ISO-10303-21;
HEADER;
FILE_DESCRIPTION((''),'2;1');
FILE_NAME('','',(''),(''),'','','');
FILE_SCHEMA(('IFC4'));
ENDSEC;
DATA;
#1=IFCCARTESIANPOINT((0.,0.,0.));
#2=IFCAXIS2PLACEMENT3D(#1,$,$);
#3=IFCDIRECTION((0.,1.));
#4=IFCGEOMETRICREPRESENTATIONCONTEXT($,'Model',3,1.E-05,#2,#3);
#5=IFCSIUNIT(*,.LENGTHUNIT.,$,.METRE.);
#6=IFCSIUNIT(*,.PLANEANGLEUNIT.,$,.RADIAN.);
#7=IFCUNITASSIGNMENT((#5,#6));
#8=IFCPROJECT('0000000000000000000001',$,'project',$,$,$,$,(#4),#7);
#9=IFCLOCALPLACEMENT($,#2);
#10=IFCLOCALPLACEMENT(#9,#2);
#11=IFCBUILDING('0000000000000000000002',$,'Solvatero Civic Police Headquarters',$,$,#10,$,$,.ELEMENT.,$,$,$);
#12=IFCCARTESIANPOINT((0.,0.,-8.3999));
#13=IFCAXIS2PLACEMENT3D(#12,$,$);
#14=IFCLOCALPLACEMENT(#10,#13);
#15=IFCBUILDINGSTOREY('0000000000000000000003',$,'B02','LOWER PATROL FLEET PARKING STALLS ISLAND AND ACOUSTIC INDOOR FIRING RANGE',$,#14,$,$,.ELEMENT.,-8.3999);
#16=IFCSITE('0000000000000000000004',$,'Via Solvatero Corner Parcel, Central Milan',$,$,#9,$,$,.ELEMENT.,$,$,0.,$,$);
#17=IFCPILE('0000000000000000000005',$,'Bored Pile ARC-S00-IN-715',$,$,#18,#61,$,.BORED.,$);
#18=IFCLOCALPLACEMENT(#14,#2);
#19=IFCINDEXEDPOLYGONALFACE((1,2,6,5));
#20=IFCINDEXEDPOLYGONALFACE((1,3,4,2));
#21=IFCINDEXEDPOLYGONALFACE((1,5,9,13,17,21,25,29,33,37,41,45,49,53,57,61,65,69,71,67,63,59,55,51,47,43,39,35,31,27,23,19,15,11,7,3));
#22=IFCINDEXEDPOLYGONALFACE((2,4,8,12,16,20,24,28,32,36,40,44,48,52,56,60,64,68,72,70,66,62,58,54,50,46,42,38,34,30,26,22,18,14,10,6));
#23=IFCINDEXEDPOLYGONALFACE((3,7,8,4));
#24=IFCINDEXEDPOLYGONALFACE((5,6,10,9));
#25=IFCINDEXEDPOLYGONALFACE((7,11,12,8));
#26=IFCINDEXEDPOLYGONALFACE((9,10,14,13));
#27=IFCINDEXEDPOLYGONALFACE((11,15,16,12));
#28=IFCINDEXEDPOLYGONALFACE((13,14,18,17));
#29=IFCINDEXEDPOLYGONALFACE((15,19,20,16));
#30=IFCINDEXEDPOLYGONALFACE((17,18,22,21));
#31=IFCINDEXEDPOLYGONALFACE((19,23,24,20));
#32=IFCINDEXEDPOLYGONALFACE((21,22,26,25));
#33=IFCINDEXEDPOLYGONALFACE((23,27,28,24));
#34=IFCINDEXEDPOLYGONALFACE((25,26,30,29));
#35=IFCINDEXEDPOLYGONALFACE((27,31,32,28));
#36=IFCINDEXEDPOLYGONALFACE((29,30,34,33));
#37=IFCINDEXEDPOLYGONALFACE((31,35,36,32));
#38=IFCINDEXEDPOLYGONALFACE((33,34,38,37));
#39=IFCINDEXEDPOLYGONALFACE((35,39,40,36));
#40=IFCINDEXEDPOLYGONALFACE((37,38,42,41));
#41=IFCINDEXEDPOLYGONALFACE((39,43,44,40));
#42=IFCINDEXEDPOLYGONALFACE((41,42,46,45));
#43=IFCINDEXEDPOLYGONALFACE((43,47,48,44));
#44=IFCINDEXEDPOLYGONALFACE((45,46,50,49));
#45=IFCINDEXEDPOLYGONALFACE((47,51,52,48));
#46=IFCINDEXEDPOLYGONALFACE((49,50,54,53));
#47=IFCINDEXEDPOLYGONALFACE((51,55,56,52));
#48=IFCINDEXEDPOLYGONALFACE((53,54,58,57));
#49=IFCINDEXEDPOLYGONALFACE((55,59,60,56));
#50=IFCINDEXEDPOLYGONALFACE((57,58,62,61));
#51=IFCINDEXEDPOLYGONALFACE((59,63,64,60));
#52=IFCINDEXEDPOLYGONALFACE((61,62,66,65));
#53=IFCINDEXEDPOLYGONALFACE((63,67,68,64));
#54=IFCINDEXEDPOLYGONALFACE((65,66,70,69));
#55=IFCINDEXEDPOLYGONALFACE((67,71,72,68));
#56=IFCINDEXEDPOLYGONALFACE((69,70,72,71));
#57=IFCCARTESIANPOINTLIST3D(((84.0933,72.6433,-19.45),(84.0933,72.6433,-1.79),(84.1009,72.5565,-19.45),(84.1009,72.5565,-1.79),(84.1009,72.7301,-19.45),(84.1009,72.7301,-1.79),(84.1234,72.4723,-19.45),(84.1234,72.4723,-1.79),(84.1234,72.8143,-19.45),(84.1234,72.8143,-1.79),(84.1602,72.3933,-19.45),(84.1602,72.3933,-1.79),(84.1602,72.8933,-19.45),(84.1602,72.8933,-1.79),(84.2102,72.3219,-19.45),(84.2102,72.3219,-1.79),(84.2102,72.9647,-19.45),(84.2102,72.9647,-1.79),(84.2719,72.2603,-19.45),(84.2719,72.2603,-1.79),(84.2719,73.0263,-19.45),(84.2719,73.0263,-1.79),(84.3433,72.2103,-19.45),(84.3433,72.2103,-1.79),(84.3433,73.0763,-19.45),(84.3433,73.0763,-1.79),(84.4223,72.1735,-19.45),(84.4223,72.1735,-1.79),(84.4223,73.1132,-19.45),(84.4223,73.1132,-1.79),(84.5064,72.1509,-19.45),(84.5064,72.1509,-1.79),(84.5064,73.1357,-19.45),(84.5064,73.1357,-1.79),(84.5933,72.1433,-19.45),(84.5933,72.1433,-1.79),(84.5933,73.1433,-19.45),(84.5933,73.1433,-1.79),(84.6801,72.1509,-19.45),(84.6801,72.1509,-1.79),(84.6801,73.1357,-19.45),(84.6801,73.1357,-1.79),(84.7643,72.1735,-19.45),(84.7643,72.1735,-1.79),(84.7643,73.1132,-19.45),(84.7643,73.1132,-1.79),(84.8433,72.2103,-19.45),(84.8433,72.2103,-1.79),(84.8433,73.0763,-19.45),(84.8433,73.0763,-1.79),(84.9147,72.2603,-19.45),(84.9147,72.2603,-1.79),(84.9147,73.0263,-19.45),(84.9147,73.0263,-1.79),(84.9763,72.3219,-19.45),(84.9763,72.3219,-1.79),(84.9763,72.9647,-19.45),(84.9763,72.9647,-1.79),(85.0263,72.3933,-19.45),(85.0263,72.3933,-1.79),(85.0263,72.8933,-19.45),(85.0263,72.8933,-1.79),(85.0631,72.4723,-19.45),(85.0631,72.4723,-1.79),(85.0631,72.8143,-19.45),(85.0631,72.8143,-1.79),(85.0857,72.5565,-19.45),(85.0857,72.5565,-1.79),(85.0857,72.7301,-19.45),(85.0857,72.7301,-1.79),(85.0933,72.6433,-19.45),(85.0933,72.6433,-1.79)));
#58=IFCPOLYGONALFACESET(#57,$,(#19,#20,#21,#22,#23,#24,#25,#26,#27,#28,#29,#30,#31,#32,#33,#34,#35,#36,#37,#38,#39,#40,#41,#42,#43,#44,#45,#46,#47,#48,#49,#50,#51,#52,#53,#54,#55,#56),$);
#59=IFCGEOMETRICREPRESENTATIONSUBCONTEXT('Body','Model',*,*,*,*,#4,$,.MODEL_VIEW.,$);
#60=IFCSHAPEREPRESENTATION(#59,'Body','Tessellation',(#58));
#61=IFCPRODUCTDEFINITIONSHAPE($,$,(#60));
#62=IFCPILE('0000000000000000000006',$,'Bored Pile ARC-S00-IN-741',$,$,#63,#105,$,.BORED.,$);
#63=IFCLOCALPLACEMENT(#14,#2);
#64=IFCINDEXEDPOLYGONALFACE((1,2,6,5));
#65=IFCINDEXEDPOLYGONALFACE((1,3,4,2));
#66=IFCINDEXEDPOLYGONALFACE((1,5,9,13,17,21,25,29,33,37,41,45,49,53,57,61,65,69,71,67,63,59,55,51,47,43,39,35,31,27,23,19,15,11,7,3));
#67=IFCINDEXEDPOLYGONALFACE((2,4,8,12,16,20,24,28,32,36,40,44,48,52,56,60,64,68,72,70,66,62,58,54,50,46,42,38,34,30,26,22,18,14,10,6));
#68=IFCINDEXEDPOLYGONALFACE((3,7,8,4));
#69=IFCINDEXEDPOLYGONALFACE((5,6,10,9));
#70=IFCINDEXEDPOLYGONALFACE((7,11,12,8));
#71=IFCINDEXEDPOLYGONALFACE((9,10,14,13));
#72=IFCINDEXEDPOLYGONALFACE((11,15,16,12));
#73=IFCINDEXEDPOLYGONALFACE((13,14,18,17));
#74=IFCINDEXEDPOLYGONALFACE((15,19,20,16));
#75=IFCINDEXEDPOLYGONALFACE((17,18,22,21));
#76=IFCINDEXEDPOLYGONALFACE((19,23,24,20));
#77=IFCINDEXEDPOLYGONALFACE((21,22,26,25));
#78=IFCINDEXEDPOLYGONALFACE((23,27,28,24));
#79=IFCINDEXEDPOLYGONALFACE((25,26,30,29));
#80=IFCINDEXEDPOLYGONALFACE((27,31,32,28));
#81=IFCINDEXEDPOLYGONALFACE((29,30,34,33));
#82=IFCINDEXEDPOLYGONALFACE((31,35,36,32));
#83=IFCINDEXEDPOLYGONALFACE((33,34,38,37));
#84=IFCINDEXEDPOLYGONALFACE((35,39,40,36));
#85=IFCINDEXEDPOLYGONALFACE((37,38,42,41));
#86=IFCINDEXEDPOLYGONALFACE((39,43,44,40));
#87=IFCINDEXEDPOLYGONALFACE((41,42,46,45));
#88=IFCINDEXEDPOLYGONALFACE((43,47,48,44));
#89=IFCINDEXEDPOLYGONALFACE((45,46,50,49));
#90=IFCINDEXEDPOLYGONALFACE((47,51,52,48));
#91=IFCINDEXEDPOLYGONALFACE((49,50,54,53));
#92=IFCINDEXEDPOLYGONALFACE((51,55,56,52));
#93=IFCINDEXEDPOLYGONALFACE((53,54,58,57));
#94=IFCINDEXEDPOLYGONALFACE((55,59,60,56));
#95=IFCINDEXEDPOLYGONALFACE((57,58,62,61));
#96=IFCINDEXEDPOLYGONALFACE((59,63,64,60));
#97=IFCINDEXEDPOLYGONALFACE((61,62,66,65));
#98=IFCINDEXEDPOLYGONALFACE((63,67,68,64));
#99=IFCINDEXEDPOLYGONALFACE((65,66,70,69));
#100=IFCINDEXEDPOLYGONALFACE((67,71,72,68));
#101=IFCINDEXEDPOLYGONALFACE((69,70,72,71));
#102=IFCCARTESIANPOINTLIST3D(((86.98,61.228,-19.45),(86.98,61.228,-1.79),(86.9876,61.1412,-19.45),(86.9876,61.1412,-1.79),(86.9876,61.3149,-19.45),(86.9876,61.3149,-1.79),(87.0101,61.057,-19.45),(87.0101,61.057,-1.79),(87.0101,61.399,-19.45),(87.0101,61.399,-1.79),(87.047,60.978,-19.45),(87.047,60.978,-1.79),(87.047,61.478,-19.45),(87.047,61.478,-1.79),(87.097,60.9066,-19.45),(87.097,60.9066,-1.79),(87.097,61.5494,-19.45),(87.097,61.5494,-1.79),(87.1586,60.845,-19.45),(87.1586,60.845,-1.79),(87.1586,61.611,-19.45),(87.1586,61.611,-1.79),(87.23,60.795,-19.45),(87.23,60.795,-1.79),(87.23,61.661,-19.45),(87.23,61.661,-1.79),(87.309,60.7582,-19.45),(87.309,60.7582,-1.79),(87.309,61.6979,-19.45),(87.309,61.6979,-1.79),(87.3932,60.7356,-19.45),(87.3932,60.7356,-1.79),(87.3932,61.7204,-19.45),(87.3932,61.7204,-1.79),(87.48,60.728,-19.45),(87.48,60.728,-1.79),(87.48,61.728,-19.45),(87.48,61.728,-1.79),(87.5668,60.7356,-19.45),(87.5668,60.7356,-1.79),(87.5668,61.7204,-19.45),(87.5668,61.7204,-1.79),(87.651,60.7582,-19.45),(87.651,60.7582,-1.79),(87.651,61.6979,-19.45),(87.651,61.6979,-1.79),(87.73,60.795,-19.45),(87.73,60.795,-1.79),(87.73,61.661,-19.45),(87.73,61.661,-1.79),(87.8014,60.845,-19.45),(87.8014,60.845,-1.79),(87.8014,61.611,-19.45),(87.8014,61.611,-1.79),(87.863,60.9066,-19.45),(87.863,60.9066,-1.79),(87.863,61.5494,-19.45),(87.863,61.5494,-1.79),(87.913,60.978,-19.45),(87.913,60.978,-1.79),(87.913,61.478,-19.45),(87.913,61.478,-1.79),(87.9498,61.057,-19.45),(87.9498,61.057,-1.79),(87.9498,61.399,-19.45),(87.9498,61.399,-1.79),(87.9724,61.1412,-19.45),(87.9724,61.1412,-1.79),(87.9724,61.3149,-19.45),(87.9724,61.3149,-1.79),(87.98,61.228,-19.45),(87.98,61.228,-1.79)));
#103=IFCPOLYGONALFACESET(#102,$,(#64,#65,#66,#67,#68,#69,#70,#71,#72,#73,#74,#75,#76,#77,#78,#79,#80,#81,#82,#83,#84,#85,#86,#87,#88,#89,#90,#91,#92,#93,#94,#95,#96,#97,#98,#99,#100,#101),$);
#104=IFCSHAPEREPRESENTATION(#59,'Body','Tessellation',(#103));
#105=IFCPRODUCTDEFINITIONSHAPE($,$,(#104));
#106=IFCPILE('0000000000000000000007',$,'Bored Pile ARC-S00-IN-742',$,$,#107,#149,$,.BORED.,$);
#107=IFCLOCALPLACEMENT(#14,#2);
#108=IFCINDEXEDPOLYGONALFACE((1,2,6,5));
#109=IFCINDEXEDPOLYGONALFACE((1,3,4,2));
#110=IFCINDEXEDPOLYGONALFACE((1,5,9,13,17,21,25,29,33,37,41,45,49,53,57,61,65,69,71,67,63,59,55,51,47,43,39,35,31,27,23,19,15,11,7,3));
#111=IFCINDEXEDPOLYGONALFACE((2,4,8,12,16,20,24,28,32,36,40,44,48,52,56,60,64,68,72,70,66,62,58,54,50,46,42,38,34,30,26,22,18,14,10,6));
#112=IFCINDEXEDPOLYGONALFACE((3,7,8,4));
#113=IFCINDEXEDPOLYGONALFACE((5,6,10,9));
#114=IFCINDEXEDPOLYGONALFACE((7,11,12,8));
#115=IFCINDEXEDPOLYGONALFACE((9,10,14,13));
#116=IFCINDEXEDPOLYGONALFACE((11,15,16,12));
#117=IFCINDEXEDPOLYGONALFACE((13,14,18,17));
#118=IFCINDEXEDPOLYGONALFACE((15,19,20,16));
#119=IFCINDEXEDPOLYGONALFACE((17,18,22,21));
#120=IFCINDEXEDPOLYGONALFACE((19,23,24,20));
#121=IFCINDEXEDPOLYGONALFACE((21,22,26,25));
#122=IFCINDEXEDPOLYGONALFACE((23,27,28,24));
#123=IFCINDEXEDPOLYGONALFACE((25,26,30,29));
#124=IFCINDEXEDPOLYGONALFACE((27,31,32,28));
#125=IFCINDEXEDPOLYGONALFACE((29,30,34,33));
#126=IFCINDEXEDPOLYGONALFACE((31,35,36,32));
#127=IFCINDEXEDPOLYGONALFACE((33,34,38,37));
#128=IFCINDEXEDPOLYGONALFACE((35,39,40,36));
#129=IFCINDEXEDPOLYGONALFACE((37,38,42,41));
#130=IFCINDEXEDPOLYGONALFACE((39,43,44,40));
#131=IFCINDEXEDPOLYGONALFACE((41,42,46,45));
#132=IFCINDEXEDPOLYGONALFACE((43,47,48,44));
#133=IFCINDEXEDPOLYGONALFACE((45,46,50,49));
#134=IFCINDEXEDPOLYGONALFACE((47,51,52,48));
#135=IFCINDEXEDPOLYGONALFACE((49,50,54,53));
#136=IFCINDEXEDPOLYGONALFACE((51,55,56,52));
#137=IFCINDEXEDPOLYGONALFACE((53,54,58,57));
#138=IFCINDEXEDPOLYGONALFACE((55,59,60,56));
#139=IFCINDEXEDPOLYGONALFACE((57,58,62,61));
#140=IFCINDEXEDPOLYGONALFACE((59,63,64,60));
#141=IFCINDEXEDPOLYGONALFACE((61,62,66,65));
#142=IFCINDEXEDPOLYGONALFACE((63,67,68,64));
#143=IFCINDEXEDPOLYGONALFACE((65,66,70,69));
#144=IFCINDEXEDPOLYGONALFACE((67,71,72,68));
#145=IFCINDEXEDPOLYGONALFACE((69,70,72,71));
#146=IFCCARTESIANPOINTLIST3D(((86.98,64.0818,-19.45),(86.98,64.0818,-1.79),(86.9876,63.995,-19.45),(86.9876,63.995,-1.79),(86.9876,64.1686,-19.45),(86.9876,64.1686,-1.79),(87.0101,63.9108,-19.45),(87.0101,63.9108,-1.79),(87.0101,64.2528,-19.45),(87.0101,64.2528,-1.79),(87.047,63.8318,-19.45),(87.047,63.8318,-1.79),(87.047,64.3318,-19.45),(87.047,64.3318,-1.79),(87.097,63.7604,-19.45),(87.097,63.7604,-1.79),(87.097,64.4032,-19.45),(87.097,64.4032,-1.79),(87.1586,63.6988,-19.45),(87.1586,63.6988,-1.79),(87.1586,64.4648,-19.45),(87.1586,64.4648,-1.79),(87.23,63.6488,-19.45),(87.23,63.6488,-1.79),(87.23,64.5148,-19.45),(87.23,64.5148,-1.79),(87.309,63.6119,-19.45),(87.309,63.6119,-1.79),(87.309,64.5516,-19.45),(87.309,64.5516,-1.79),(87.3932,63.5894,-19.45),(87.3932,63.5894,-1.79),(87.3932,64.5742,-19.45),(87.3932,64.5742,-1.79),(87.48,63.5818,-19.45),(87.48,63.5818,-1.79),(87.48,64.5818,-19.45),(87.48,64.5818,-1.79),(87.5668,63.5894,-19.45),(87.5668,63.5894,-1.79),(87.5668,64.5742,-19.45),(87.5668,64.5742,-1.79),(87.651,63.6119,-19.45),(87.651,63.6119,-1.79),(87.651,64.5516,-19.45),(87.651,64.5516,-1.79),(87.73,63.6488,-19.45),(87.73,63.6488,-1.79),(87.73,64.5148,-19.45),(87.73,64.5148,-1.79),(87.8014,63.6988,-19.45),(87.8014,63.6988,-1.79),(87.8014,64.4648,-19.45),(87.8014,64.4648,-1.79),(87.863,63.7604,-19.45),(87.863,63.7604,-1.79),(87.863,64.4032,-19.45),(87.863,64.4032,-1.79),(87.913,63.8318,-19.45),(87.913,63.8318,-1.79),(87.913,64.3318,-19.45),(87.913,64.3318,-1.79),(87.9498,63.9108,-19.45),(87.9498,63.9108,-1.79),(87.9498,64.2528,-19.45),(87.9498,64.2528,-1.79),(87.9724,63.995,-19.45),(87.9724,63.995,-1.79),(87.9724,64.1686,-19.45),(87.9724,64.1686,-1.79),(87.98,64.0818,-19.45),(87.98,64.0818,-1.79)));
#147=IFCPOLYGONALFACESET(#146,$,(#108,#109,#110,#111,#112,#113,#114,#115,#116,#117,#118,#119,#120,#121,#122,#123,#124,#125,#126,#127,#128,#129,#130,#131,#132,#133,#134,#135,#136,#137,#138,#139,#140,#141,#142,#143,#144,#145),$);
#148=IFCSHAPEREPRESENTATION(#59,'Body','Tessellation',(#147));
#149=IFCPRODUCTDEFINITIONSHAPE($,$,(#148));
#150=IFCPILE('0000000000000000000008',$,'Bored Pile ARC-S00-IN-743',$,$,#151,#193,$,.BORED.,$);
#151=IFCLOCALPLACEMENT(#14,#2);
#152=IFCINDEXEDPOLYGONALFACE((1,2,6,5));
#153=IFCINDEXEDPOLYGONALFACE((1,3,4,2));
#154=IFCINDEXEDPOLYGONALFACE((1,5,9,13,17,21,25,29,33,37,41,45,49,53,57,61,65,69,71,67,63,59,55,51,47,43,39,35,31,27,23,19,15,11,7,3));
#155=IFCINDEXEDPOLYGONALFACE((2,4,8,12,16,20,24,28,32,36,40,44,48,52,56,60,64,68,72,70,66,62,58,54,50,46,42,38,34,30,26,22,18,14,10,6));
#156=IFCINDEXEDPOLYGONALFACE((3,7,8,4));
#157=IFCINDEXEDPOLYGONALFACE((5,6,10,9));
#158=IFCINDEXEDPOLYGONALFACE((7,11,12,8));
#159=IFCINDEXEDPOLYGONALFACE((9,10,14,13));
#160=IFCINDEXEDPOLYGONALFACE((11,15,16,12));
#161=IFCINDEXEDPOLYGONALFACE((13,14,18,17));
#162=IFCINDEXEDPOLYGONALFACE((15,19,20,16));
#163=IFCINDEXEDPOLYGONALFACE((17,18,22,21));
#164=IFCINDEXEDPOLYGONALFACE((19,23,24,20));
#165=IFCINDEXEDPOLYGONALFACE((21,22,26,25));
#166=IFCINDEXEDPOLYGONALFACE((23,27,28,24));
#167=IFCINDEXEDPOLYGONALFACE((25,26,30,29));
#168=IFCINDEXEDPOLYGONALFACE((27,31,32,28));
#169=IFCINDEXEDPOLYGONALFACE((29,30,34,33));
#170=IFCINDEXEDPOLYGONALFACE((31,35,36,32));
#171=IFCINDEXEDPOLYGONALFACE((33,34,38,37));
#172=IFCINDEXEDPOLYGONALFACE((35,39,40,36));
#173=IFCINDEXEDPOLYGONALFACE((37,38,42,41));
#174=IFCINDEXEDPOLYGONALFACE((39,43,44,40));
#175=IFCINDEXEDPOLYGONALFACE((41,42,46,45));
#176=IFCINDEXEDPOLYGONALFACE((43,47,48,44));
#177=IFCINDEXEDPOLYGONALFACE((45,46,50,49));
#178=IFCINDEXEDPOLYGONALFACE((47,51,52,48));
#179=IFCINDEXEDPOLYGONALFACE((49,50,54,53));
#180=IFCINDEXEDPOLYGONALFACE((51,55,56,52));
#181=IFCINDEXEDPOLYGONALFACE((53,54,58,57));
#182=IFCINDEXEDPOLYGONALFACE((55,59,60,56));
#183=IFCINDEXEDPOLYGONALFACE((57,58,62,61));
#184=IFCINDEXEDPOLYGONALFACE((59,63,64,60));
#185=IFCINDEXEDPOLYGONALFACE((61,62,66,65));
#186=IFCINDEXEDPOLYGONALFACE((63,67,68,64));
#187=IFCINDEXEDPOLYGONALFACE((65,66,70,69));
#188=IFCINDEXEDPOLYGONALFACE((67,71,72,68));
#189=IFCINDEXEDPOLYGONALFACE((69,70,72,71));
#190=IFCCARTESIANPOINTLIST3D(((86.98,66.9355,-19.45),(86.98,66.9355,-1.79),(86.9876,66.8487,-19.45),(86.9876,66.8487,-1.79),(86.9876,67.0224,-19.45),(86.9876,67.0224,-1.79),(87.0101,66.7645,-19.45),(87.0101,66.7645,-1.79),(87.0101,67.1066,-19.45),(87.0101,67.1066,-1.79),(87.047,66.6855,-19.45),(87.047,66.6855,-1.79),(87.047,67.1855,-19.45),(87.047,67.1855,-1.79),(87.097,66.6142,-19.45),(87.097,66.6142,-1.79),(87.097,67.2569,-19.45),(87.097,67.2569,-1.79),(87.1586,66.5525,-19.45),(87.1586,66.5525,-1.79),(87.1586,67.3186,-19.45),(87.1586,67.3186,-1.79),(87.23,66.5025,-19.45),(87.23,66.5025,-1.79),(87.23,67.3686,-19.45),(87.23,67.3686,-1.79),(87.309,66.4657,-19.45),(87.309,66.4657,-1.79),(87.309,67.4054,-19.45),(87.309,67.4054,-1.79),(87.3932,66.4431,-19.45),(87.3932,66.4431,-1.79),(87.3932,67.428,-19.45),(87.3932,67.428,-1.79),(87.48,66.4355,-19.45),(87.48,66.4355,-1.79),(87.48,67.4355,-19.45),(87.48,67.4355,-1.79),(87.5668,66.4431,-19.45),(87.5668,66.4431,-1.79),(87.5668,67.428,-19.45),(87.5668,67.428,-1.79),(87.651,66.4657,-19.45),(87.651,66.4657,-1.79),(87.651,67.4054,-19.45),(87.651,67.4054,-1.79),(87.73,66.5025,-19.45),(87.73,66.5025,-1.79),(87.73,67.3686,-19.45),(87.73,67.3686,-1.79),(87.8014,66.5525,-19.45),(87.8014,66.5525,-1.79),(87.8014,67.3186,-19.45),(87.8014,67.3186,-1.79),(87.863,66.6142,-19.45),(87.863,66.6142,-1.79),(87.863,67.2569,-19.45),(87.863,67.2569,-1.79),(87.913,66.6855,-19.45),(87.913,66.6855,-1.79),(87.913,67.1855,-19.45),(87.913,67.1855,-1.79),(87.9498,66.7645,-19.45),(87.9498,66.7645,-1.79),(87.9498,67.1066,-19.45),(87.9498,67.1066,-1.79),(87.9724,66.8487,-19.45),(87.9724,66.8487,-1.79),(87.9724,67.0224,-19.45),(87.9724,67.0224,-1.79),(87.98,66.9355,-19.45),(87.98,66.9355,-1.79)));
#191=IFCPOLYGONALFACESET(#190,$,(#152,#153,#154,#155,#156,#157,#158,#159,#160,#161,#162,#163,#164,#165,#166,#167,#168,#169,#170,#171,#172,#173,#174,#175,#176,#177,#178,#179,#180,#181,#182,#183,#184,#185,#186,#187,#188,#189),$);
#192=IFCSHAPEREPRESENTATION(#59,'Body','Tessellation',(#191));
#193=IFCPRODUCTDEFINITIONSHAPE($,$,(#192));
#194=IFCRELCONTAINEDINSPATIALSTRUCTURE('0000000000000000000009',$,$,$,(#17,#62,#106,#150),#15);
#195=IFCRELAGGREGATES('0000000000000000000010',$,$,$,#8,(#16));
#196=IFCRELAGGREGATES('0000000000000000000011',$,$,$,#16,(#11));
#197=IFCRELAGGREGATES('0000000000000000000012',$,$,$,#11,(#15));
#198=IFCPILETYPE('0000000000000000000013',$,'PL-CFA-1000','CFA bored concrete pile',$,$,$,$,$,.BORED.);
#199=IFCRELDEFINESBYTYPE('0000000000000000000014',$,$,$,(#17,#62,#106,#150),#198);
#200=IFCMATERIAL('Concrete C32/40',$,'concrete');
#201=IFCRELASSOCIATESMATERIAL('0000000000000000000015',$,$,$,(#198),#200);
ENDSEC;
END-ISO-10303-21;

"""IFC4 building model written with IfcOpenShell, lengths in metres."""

from ifc_helpers import new_model, si_unit, direction, frame, origin, origin_2d, place, context, subcontext, project, spatial, circle, extrude, material, material_profile, profile_set, type_object, element, save


model = new_model("IFC4")

# Units and contexts
model_context = context("Model", 3, precision=1e-05, world=origin(), true_north=direction((0.0, 1.0)))
body_context = subcontext(model_context, "Body", "Model", "MODEL_VIEW")
ifc_project = project(units=[si_unit("LENGTHUNIT", "METRE"), si_unit("PLANEANGLEUNIT", "RADIAN")], contexts=[model_context])

# Site, building, storey
site_placement = place(None, origin())
site = spatial("IfcSite", under=ifc_project, at=site_placement, Name="Via Solvatero Corner Parcel, Central Milan", CompositionType="ELEMENT", RefElevation=0.0)
building_placement = place(site_placement, origin())
building = spatial("IfcBuilding", under=site, at=building_placement, Name="Solvatero Civic Police Headquarters", CompositionType="ELEMENT")
storey_placement = place(building_placement, frame((0.0, 0.0, -8.3999)))
storey = spatial("IfcBuildingStorey", under=building, at=storey_placement, Name="B02", Description="LOWER PATROL FLEET PARKING STALLS ISLAND AND ACOUSTIC INDOOR FIRING RANGE", CompositionType="ELEMENT", Elevation=-8.3999)

# Piles
ifc_material_1 = material(Name="Concrete C32/40", Category="concrete")
ifc_material_profile_1 = material_profile(ifc_material_1, circle(Radius=0.5, at=origin_2d()), Name="CFA PILE D1000")
ifc_profile_set_1 = profile_set([ifc_material_profile_1], Name="Concrete C32/40")
pile_type = type_object("IfcPileType", Name="PL-CFA-1000", Description="CFA bored concrete pile", PredefinedType="BORED", material=ifc_profile_set_1)
for number, where, z_axis, x_axis, name in (
    (1, (84.5933, 72.6433, -1.79), (0.0, 0.0, -1.0), (1.0, 0.0, 0.0), "Bored Pile ARC-S00-IN-715"),
    (2, (87.48, 61.228, -1.79), (0.0, 0.0, -1.0), (1.0, 0.0, 0.0), "Bored Pile ARC-S00-IN-741"),
    (3, (87.48, 64.0818, -1.79), (0.0, 0.0, -1.0), (1.0, 0.0, 0.0), "Bored Pile ARC-S00-IN-742"),
    (4, (87.48, 66.9355, -1.79), (0.0, 0.0, -1.0), (1.0, 0.0, 0.0), "Bored Pile ARC-S00-IN-743"),
):
    element("IfcPile", number, at=place(storey_placement, frame(where, z_axis=z_axis, x_axis=x_axis)), inside=storey, type_object=pile_type, Name=name, PredefinedType="BORED", context=body_context, shape_type="SweptSolid", body=[
        extrude(circle(Radius=0.5, at=origin_2d()), origin(), (0.0, 0.0, 1.0), 17.6599),
    ])

save(model, "model.ifc")
